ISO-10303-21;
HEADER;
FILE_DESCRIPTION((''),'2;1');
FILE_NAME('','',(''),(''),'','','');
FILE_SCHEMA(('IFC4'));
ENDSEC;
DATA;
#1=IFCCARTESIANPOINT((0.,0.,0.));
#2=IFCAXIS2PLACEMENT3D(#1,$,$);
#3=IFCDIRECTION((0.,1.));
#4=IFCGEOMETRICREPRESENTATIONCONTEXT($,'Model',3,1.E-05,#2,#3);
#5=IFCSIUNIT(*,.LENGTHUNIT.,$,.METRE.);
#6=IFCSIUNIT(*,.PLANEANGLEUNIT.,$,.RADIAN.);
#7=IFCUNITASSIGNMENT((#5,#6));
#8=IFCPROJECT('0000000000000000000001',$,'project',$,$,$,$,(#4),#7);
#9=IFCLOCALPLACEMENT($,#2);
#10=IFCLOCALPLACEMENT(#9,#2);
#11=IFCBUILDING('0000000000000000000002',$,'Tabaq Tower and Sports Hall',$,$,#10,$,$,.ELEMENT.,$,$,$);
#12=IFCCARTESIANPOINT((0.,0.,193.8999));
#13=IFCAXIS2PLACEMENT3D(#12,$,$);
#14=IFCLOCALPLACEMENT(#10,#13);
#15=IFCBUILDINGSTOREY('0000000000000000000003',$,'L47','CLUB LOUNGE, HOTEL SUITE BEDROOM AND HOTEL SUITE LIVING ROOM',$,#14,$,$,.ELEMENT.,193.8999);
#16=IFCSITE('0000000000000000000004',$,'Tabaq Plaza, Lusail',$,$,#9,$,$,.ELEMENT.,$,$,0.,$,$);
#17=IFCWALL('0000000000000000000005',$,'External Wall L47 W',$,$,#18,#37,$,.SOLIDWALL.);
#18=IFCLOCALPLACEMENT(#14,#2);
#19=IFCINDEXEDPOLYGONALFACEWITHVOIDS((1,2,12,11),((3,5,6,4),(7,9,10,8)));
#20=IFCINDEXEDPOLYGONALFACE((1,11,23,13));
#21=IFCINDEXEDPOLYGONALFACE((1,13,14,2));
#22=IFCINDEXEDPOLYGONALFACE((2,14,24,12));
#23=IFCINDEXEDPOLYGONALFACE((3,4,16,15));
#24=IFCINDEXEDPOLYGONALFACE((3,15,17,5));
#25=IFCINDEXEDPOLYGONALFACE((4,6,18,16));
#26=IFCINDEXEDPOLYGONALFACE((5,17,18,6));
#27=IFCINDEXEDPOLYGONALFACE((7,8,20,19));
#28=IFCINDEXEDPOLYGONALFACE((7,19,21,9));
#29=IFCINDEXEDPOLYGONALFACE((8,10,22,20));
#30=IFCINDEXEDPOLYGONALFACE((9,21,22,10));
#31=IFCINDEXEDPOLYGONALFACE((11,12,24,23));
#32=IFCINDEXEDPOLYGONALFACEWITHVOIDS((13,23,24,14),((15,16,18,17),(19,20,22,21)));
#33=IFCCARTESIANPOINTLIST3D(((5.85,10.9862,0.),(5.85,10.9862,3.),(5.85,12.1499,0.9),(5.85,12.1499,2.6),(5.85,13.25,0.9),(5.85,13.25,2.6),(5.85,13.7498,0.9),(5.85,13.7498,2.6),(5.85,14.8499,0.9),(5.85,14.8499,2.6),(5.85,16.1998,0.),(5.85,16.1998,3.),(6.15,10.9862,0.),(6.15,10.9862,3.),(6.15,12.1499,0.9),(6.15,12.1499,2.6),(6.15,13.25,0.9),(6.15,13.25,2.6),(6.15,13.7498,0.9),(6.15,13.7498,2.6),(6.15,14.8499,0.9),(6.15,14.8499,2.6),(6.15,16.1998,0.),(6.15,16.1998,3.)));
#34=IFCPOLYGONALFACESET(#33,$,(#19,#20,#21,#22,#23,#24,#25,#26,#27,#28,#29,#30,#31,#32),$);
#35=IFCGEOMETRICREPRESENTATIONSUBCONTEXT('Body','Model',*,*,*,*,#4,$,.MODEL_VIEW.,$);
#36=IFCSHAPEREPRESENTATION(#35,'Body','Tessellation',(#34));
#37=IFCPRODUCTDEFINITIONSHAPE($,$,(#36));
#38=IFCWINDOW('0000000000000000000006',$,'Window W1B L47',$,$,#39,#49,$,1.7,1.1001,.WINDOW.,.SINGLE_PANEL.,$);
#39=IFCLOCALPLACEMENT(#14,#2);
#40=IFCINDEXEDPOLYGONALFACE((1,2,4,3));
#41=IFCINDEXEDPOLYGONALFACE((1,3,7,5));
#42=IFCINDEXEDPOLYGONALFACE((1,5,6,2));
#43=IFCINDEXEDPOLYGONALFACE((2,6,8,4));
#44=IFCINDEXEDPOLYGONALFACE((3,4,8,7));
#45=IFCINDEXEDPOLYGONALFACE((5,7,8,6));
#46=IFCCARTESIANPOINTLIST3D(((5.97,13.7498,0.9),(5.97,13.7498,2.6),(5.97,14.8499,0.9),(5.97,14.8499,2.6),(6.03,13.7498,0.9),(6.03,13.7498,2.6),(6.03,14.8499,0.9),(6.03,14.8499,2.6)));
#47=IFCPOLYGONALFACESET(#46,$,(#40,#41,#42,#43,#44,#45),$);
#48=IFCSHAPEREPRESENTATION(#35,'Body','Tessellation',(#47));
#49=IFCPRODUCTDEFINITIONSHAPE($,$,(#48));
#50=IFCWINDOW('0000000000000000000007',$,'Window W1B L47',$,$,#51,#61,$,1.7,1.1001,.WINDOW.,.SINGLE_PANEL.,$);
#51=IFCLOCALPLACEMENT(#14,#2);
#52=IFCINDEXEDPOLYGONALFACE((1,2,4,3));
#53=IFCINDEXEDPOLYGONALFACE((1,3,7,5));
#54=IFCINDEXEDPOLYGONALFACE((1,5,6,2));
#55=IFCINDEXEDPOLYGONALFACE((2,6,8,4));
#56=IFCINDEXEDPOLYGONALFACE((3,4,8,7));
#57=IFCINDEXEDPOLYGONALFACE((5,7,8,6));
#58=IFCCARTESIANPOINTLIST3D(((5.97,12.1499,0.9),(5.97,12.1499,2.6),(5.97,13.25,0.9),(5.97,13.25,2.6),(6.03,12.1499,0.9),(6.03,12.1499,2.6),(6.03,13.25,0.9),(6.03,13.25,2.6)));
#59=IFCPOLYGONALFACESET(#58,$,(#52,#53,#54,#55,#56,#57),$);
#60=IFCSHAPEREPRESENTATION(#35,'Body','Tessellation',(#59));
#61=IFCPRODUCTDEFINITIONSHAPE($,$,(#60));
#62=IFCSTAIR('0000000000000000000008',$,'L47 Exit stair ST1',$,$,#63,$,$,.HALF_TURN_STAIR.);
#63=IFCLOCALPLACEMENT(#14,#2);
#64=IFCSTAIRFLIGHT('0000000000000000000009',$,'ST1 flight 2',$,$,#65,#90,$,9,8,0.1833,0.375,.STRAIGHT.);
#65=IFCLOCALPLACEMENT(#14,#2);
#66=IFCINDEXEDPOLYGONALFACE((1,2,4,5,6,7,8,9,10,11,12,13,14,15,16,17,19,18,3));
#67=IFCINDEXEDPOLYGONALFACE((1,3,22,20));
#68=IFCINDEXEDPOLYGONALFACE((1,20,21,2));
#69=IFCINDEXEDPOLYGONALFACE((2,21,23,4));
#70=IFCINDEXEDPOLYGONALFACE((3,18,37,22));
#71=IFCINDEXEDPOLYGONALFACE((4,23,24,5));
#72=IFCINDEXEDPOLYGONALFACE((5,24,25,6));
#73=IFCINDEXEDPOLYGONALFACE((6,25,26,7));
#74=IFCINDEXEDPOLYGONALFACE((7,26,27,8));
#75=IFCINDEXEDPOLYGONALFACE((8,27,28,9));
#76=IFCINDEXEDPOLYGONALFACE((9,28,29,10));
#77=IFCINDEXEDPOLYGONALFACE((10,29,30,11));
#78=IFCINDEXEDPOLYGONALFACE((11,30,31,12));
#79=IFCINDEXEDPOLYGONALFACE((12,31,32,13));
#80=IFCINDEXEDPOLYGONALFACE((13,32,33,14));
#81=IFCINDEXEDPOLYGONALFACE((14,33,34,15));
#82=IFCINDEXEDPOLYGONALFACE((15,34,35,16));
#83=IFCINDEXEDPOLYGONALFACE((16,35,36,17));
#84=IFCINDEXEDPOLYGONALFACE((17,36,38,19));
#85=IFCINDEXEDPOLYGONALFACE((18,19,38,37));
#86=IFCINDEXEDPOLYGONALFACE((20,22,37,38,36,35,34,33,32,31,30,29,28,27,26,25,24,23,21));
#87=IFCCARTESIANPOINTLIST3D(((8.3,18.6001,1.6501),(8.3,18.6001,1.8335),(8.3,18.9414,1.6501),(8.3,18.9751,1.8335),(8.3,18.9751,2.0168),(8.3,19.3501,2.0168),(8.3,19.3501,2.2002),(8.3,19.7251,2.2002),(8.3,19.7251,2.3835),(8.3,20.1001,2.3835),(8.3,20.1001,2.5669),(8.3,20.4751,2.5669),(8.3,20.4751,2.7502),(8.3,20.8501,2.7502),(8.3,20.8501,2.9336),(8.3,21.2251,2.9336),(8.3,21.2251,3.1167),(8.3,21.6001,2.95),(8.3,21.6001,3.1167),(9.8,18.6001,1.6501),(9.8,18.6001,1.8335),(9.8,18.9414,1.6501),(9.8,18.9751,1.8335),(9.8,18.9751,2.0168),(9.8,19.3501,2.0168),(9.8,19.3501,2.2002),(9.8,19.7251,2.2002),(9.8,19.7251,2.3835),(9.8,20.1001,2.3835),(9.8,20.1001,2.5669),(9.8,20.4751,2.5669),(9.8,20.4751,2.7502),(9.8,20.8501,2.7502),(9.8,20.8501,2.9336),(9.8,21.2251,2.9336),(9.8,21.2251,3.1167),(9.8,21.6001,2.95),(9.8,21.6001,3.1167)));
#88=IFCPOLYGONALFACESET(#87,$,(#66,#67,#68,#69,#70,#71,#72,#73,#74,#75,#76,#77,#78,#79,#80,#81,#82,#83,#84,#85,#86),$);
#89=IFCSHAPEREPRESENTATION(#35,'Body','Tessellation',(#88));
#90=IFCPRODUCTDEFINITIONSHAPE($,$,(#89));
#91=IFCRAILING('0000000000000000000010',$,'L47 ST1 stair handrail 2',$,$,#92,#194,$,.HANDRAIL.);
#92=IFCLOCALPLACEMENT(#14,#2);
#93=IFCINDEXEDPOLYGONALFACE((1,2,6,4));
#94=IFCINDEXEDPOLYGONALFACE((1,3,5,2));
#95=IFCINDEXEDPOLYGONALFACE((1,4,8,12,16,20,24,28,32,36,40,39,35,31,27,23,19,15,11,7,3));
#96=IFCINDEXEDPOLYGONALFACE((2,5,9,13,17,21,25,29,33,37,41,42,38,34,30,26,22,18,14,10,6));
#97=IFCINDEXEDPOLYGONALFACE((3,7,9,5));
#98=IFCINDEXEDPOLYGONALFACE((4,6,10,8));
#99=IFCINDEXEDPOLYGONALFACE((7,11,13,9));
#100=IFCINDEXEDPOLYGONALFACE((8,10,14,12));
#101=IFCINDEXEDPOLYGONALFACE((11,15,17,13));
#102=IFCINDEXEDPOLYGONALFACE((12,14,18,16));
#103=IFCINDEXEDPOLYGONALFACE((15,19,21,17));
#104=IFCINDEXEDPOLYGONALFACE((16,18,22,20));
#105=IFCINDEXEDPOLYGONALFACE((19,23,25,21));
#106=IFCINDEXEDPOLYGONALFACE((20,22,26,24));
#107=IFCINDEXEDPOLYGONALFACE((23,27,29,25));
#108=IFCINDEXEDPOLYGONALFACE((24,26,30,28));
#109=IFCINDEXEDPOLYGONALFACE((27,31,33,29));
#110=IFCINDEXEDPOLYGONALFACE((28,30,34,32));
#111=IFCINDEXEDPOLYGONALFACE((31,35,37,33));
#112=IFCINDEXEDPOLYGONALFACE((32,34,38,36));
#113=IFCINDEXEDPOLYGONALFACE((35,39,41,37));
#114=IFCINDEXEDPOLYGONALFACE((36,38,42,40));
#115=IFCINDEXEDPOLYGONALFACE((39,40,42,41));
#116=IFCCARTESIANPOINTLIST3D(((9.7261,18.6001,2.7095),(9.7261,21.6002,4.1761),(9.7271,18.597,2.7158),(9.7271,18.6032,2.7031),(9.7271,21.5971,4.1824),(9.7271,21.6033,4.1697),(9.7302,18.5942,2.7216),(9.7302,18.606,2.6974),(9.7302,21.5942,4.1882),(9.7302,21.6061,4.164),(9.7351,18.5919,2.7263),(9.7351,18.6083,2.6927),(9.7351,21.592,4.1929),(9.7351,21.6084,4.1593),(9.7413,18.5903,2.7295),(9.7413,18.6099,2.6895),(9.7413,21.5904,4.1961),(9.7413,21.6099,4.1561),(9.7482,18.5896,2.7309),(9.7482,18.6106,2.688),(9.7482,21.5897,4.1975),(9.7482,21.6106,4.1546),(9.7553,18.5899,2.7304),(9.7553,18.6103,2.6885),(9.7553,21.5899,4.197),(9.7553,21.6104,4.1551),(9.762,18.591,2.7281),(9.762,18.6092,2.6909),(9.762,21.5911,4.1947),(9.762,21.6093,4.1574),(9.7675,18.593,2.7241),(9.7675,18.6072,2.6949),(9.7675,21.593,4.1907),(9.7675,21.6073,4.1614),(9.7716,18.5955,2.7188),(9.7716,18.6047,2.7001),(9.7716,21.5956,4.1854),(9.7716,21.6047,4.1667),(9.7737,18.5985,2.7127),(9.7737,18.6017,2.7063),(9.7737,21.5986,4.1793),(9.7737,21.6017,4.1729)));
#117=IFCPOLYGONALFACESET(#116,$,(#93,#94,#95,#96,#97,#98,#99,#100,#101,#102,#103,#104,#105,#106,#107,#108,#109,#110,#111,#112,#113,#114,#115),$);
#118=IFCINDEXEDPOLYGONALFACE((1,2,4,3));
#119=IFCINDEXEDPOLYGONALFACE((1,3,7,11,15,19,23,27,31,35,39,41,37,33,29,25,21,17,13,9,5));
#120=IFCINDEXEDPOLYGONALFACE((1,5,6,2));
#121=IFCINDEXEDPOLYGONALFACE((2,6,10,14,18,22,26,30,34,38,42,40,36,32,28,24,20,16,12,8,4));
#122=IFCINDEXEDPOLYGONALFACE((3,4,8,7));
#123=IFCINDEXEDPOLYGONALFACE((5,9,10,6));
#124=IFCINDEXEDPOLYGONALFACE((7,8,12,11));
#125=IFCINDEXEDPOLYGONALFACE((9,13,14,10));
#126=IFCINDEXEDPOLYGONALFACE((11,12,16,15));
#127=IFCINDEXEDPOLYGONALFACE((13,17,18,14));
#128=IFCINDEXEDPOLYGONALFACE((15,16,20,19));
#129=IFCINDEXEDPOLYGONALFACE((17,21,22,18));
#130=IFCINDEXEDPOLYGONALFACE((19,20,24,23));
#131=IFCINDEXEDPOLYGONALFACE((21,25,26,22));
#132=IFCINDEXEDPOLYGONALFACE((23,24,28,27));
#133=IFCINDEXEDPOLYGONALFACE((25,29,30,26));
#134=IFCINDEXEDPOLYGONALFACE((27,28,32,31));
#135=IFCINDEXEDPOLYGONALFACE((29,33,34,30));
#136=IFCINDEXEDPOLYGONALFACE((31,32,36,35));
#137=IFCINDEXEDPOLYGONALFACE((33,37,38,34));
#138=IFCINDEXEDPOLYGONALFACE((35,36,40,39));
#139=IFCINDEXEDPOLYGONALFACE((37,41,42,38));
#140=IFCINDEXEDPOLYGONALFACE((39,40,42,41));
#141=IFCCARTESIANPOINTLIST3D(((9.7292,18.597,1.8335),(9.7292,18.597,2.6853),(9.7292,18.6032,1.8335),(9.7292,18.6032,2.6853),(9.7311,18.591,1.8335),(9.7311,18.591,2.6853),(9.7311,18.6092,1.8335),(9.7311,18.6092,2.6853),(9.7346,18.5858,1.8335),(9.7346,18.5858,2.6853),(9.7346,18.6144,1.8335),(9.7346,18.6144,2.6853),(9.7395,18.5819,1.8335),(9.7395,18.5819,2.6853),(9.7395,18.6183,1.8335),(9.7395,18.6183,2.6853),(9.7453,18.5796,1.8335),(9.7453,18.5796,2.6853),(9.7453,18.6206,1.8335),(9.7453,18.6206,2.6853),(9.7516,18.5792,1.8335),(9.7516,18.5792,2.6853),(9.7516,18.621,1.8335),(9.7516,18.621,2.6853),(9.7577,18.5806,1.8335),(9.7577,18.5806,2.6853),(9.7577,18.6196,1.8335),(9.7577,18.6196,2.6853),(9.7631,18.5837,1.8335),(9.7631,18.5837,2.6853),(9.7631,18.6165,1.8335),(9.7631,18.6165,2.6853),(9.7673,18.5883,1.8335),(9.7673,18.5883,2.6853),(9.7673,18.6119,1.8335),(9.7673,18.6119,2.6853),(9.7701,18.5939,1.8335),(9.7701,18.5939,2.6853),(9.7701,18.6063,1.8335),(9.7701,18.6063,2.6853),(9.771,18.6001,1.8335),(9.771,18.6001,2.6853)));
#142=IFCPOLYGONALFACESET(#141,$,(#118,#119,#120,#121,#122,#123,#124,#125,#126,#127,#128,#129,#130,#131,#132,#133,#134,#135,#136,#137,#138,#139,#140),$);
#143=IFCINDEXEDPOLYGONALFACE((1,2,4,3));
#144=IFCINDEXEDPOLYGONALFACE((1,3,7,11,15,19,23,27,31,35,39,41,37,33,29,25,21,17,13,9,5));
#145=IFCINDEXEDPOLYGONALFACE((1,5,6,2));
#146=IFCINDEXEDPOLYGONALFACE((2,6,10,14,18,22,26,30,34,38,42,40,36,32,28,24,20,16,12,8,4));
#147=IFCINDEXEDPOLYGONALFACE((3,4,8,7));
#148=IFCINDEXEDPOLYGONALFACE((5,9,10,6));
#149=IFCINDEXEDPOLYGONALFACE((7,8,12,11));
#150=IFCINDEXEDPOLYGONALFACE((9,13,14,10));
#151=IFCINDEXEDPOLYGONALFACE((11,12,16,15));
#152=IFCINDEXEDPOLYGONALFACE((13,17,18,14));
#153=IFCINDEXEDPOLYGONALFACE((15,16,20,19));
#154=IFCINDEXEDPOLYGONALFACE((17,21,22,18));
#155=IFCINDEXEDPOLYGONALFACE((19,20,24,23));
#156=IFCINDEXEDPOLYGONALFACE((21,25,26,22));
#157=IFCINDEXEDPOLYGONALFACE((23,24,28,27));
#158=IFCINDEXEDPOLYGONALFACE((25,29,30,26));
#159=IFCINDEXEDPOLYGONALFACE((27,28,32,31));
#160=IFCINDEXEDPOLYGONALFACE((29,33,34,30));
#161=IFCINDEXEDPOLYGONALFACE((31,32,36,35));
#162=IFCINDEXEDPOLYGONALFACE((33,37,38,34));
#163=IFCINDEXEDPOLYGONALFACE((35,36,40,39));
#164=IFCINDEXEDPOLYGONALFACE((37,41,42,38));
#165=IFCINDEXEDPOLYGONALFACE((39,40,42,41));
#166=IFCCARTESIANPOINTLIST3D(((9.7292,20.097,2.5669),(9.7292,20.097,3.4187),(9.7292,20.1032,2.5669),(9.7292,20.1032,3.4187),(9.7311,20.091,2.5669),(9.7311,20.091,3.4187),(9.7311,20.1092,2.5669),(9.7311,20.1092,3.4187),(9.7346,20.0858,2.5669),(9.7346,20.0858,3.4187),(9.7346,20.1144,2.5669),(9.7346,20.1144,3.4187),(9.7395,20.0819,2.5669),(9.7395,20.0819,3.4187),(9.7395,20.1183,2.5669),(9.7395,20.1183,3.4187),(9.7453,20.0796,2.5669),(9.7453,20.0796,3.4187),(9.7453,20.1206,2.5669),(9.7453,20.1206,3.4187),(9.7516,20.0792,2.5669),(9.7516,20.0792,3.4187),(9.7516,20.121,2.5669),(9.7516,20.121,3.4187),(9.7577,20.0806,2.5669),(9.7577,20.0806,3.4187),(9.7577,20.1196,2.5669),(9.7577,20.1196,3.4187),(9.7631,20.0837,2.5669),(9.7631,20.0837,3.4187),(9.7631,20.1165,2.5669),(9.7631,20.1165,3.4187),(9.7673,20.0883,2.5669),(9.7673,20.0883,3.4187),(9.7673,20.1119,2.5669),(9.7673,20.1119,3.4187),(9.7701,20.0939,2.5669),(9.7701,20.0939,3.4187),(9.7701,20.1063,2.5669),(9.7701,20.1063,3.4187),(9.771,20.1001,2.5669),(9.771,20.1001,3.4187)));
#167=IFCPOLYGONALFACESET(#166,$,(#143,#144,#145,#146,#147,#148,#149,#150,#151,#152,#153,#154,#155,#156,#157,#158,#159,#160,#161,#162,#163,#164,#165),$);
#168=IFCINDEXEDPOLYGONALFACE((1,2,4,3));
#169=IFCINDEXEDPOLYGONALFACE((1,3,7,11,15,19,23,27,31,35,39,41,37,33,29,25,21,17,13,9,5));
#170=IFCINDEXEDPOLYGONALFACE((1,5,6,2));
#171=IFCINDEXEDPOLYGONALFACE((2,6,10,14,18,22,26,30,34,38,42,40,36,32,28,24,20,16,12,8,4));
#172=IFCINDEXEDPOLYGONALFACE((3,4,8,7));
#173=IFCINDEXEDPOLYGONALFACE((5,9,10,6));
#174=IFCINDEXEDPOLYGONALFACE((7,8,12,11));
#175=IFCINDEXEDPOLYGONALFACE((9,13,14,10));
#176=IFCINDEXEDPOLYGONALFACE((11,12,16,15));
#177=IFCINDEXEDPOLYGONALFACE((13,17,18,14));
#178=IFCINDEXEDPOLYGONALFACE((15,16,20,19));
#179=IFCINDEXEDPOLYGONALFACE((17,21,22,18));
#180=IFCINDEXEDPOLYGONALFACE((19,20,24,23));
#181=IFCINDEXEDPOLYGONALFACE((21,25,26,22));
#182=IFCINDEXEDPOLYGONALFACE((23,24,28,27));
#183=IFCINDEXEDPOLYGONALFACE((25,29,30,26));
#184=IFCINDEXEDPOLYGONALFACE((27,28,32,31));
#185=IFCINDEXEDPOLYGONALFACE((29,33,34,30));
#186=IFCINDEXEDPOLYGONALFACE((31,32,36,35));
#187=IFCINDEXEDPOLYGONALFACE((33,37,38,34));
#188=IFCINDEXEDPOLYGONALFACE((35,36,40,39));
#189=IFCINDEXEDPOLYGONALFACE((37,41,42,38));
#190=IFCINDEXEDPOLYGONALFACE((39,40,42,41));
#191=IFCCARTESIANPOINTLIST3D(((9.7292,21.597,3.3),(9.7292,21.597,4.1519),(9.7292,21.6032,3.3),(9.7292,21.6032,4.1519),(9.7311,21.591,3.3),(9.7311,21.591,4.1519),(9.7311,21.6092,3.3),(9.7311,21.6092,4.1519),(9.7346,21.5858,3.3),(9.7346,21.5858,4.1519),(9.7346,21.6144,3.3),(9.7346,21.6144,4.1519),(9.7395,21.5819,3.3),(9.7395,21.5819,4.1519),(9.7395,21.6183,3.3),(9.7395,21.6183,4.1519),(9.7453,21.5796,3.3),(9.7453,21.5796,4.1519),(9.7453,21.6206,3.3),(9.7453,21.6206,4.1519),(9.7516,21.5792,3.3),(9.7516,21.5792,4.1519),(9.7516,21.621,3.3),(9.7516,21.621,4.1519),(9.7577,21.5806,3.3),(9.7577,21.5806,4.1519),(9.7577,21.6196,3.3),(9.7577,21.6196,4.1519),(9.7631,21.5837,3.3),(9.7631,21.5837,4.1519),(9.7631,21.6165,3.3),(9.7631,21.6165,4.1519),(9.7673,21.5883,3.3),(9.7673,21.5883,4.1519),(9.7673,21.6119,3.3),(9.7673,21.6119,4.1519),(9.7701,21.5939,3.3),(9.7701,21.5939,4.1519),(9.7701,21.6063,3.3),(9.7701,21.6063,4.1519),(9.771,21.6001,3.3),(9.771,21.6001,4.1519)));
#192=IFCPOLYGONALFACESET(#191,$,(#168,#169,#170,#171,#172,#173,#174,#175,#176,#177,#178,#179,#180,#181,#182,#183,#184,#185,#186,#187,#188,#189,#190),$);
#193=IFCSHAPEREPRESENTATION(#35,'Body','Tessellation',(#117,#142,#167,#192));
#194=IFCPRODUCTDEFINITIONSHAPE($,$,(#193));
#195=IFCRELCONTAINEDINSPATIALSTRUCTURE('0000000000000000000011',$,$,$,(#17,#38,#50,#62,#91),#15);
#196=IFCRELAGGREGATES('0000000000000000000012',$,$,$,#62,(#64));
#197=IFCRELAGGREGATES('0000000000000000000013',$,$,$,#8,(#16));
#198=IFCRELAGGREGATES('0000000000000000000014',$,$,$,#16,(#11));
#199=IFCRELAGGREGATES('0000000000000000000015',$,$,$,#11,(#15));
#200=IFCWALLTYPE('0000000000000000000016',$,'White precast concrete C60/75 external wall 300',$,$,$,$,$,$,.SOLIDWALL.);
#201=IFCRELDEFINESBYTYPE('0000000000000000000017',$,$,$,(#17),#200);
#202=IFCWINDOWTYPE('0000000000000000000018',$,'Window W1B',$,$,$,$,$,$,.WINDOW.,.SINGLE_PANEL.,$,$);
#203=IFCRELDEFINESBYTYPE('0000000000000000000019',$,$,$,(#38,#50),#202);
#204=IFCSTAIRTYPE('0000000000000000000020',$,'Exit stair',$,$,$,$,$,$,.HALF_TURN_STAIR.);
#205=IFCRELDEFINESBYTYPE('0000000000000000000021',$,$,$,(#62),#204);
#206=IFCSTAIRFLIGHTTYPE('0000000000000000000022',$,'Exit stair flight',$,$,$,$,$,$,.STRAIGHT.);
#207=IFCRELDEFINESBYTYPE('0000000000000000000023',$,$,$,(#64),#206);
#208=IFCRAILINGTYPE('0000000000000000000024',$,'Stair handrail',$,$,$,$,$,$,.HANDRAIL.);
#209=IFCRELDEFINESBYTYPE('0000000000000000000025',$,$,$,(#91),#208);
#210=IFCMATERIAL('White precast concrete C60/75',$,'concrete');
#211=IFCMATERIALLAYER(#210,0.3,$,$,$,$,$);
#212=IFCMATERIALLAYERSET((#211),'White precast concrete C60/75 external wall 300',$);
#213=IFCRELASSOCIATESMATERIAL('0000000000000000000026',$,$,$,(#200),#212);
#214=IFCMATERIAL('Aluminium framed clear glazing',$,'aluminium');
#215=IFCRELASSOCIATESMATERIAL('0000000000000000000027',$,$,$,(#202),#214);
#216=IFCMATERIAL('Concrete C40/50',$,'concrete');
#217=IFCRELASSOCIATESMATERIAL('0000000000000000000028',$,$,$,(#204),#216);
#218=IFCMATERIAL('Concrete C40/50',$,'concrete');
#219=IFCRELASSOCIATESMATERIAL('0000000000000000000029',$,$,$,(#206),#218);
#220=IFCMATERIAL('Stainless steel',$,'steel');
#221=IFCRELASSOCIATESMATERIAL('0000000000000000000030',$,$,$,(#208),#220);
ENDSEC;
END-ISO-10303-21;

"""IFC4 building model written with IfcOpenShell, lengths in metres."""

from ifc_helpers import new_model, si_unit, direction, frame, frame_2d, origin, origin_2d, place, context, subcontext, project, spatial, polyline, rectangle, circle, outline, extrude, material, layer, layer_set, type_object, element, fill, aggregate, save


model = new_model("IFC4")

# Units and contexts
model_context = context("Model", 3, precision=1e-05, world=origin(), true_north=direction((0.0, 1.0)))
body_context = subcontext(model_context, "Body", "Model", "MODEL_VIEW")
ifc_project = project(units=[si_unit("LENGTHUNIT", "METRE"), si_unit("PLANEANGLEUNIT", "RADIAN")], contexts=[model_context])

# Site, building, storey
site_placement = place(None, origin())
site = spatial("IfcSite", under=ifc_project, at=site_placement, Name="Tabaq Plaza, Lusail", CompositionType="ELEMENT", RefElevation=0.0)
building_placement = place(site_placement, origin())
building = spatial("IfcBuilding", under=site, at=building_placement, Name="Tabaq Tower and Sports Hall", CompositionType="ELEMENT")
storey_placement = place(building_placement, frame((0.0, 0.0, 193.8999)))
storey = spatial("IfcBuildingStorey", under=building, at=storey_placement, Name="L47", Description="CLUB LOUNGE, HOTEL SUITE BEDROOM AND HOTEL SUITE LIVING ROOM", CompositionType="ELEMENT", Elevation=193.8999)

# Wall, openings, windows
ifc_material_1 = material(Name="White precast concrete C60/75", Category="concrete")
ifc_layer_1 = layer(ifc_material_1, 0.3)
ifc_layer_set_1 = layer_set([ifc_layer_1], Name="White precast concrete C60/75 external wall 300")
wall_type_1 = type_object("IfcWallType", Name="White precast concrete C60/75 external wall 300", PredefinedType="SOLIDWALL", material=ifc_layer_set_1)
wall_1_placement = place(storey_placement, frame((6.0, 16.2, 0.0), z_axis=(0.0, 0.0, 1.0), x_axis=(0.0, -1.0, 0.0)))
wall_1 = element("IfcWall", 1, at=wall_1_placement, inside=storey, type_object=wall_type_1, Name="External Wall L47 W", PredefinedType="SOLIDWALL", context=body_context, shape_type="SweptSolid", body=[
    extrude(rectangle(XDim=5.2136, YDim=0.3, at=frame_2d((2.6069, 0.0))), origin(), (0.0, 0.0, 1.0), 3.0),
])
opening_1_placement = place(wall_1_placement, frame((1.3501, 0.0, 0.8999)))
opening_1 = element("IfcOpeningElement", 2, at=opening_1_placement, cuts=wall_1, PredefinedType="OPENING", context=body_context, shape_type="SweptSolid", body=[
    extrude(rectangle(XDim=1.1001, YDim=1.7, at=frame_2d((0.55, 0.8501))), frame((0.0, 0.1602, 0.0), z_axis=(0.0, -1.0, 0.0), x_axis=(1.0, 0.0, 0.0)), (0.0, 0.0, 1.0), 0.3201),
])
opening_2_placement = place(wall_1_placement, frame((2.95, 0.0, 0.8999)))
opening_2 = element("IfcOpeningElement", 3, at=opening_2_placement, cuts=wall_1, PredefinedType="OPENING", context=body_context, shape_type="SweptSolid", body=[
    extrude(rectangle(XDim=1.1001, YDim=1.7, at=frame_2d((0.55, 0.8501))), frame((0.0, 0.1602, 0.0), z_axis=(0.0, -1.0, 0.0), x_axis=(1.0, 0.0, 0.0)), (0.0, 0.0, 1.0), 0.3201),
])
ifc_material_2 = material(Name="Aluminium framed clear glazing", Category="aluminium")
window_type = type_object("IfcWindowType", Name="Window W1B", PartitioningType="SINGLE_PANEL", PredefinedType="WINDOW", material=ifc_material_2)
window_1_placement = place(opening_1_placement, origin())
window_1 = element("IfcWindow", 4, at=window_1_placement, inside=storey, type_object=window_type, Name="Window W1B L47", OverallHeight=1.7, OverallWidth=1.1001, PartitioningType="SINGLE_PANEL", PredefinedType="WINDOW", context=body_context, shape_type="SweptSolid", body=[
    extrude(rectangle(XDim=1.1001, YDim=1.7, at=frame_2d((0.55, 0.8501))), frame((0.0, 0.03, 0.0), z_axis=(0.0, -1.0, 0.0), x_axis=(1.0, 0.0, 0.0)), (0.0, 0.0, 1.0), 0.0601),
])
fill(opening_1, window_1)
window_2_placement = place(opening_2_placement, origin())
window_2 = element("IfcWindow", 5, at=window_2_placement, inside=storey, type_object=window_type, Name="Window W1B L47", OverallHeight=1.7, OverallWidth=1.1001, PartitioningType="SINGLE_PANEL", PredefinedType="WINDOW", context=body_context, shape_type="SweptSolid", body=[
    extrude(rectangle(XDim=1.1001, YDim=1.7, at=frame_2d((0.55, 0.8501))), frame((0.0, 0.03, 0.0), z_axis=(0.0, -1.0, 0.0), x_axis=(1.0, 0.0, 0.0)), (0.0, 0.0, 1.0), 0.0601),
])
fill(opening_2, window_2)

# Stair, stair flight
ifc_material_3 = material(Name="Concrete C40/50", Category="concrete")
stair_type = type_object("IfcStairType", Name="Exit stair", PredefinedType="HALF_TURN_STAIR", material=ifc_material_3)
stair_placement = place(storey_placement, origin())
stair = element("IfcStair", 6, at=stair_placement, inside=storey, type_object=stair_type, Name="L47 Exit stair ST1", PredefinedType="HALF_TURN_STAIR")
ifc_material_4 = material(Name="Concrete C40/50", Category="concrete")
stair_flight_type = type_object("IfcStairFlightType", Name="Exit stair flight", PredefinedType="STRAIGHT", material=ifc_material_4)
stair_flight_placement = place(storey_placement, frame((9.05, 18.6001, 1.6501), z_axis=(0.0, 0.0, 1.0), x_axis=(0.0, 1.0, 0.0)))
stair_flight = element("IfcStairFlight", 7, at=stair_flight_placement, type_object=stair_flight_type, Name="ST1 flight 2", NumberOfRisers=9, NumberOfTreads=8, PredefinedType="STRAIGHT", RiserHeight=0.1833, TreadLength=0.375, context=body_context, shape_type="SweptSolid", body=[
    extrude(outline(polyline([(0.0, 0.0), (0.0, 0.1833), (0.375, 0.1833), (0.375, 0.3667), (0.75, 0.3667), (0.75, 0.55), (1.125, 0.55), (1.125, 0.7334), (1.5, 0.7334), (1.5, 0.9167), (1.875, 0.9167), (1.875, 1.1001), (2.25, 1.1001), (2.25, 1.2834), (2.625, 1.2834), (2.625, 1.4666), (3.0, 1.4666), (3.0, 1.6499), (3.0, 1.2998), (0.3413, 0.0), (0.0, 0.0)])), frame((0.0, 0.75, 0.0), z_axis=(0.0, -1.0, 0.0), x_axis=(1.0, 0.0, 0.0)), (0.0, 0.0, 1.0), 1.5),
])
aggregate(stair, [stair_flight])

# Railing
ifc_material_5 = material(Name="Stainless steel", Category="steel")
railing_type = type_object("IfcRailingType", Name="Stair handrail", PredefinedType="HANDRAIL", material=ifc_material_5)
railing_placement = place(storey_placement, frame((9.75, 18.6001, 1.8335)))
element("IfcRailing", 8, at=railing_placement, inside=storey, type_object=railing_type, Name="L47 ST1 stair handrail 2", PredefinedType="HANDRAIL", context=body_context, shape_type="SweptSolid", body=[
    extrude(circle(Radius=0.0239, at=origin_2d()), frame((0.0, 0.0, 0.876), z_axis=(0.0, 0.898398, 0.439183), x_axis=(-1.0, 0.0, 0.0)), (0.0, 0.0, 1.0), 3.3394),
    extrude(circle(Radius=0.021, at=origin_2d()), origin(), (0.0, 0.0, 1.0), 0.8518),
    extrude(circle(Radius=0.021, at=origin_2d()), frame((0.0, 1.5, 0.7334)), (0.0, 0.0, 1.0), 0.8518),
    extrude(circle(Radius=0.021, at=origin_2d()), frame((0.0, 3.0, 1.4666)), (0.0, 0.0, 1.0), 0.8518),
])

save(model, "model.ifc")
